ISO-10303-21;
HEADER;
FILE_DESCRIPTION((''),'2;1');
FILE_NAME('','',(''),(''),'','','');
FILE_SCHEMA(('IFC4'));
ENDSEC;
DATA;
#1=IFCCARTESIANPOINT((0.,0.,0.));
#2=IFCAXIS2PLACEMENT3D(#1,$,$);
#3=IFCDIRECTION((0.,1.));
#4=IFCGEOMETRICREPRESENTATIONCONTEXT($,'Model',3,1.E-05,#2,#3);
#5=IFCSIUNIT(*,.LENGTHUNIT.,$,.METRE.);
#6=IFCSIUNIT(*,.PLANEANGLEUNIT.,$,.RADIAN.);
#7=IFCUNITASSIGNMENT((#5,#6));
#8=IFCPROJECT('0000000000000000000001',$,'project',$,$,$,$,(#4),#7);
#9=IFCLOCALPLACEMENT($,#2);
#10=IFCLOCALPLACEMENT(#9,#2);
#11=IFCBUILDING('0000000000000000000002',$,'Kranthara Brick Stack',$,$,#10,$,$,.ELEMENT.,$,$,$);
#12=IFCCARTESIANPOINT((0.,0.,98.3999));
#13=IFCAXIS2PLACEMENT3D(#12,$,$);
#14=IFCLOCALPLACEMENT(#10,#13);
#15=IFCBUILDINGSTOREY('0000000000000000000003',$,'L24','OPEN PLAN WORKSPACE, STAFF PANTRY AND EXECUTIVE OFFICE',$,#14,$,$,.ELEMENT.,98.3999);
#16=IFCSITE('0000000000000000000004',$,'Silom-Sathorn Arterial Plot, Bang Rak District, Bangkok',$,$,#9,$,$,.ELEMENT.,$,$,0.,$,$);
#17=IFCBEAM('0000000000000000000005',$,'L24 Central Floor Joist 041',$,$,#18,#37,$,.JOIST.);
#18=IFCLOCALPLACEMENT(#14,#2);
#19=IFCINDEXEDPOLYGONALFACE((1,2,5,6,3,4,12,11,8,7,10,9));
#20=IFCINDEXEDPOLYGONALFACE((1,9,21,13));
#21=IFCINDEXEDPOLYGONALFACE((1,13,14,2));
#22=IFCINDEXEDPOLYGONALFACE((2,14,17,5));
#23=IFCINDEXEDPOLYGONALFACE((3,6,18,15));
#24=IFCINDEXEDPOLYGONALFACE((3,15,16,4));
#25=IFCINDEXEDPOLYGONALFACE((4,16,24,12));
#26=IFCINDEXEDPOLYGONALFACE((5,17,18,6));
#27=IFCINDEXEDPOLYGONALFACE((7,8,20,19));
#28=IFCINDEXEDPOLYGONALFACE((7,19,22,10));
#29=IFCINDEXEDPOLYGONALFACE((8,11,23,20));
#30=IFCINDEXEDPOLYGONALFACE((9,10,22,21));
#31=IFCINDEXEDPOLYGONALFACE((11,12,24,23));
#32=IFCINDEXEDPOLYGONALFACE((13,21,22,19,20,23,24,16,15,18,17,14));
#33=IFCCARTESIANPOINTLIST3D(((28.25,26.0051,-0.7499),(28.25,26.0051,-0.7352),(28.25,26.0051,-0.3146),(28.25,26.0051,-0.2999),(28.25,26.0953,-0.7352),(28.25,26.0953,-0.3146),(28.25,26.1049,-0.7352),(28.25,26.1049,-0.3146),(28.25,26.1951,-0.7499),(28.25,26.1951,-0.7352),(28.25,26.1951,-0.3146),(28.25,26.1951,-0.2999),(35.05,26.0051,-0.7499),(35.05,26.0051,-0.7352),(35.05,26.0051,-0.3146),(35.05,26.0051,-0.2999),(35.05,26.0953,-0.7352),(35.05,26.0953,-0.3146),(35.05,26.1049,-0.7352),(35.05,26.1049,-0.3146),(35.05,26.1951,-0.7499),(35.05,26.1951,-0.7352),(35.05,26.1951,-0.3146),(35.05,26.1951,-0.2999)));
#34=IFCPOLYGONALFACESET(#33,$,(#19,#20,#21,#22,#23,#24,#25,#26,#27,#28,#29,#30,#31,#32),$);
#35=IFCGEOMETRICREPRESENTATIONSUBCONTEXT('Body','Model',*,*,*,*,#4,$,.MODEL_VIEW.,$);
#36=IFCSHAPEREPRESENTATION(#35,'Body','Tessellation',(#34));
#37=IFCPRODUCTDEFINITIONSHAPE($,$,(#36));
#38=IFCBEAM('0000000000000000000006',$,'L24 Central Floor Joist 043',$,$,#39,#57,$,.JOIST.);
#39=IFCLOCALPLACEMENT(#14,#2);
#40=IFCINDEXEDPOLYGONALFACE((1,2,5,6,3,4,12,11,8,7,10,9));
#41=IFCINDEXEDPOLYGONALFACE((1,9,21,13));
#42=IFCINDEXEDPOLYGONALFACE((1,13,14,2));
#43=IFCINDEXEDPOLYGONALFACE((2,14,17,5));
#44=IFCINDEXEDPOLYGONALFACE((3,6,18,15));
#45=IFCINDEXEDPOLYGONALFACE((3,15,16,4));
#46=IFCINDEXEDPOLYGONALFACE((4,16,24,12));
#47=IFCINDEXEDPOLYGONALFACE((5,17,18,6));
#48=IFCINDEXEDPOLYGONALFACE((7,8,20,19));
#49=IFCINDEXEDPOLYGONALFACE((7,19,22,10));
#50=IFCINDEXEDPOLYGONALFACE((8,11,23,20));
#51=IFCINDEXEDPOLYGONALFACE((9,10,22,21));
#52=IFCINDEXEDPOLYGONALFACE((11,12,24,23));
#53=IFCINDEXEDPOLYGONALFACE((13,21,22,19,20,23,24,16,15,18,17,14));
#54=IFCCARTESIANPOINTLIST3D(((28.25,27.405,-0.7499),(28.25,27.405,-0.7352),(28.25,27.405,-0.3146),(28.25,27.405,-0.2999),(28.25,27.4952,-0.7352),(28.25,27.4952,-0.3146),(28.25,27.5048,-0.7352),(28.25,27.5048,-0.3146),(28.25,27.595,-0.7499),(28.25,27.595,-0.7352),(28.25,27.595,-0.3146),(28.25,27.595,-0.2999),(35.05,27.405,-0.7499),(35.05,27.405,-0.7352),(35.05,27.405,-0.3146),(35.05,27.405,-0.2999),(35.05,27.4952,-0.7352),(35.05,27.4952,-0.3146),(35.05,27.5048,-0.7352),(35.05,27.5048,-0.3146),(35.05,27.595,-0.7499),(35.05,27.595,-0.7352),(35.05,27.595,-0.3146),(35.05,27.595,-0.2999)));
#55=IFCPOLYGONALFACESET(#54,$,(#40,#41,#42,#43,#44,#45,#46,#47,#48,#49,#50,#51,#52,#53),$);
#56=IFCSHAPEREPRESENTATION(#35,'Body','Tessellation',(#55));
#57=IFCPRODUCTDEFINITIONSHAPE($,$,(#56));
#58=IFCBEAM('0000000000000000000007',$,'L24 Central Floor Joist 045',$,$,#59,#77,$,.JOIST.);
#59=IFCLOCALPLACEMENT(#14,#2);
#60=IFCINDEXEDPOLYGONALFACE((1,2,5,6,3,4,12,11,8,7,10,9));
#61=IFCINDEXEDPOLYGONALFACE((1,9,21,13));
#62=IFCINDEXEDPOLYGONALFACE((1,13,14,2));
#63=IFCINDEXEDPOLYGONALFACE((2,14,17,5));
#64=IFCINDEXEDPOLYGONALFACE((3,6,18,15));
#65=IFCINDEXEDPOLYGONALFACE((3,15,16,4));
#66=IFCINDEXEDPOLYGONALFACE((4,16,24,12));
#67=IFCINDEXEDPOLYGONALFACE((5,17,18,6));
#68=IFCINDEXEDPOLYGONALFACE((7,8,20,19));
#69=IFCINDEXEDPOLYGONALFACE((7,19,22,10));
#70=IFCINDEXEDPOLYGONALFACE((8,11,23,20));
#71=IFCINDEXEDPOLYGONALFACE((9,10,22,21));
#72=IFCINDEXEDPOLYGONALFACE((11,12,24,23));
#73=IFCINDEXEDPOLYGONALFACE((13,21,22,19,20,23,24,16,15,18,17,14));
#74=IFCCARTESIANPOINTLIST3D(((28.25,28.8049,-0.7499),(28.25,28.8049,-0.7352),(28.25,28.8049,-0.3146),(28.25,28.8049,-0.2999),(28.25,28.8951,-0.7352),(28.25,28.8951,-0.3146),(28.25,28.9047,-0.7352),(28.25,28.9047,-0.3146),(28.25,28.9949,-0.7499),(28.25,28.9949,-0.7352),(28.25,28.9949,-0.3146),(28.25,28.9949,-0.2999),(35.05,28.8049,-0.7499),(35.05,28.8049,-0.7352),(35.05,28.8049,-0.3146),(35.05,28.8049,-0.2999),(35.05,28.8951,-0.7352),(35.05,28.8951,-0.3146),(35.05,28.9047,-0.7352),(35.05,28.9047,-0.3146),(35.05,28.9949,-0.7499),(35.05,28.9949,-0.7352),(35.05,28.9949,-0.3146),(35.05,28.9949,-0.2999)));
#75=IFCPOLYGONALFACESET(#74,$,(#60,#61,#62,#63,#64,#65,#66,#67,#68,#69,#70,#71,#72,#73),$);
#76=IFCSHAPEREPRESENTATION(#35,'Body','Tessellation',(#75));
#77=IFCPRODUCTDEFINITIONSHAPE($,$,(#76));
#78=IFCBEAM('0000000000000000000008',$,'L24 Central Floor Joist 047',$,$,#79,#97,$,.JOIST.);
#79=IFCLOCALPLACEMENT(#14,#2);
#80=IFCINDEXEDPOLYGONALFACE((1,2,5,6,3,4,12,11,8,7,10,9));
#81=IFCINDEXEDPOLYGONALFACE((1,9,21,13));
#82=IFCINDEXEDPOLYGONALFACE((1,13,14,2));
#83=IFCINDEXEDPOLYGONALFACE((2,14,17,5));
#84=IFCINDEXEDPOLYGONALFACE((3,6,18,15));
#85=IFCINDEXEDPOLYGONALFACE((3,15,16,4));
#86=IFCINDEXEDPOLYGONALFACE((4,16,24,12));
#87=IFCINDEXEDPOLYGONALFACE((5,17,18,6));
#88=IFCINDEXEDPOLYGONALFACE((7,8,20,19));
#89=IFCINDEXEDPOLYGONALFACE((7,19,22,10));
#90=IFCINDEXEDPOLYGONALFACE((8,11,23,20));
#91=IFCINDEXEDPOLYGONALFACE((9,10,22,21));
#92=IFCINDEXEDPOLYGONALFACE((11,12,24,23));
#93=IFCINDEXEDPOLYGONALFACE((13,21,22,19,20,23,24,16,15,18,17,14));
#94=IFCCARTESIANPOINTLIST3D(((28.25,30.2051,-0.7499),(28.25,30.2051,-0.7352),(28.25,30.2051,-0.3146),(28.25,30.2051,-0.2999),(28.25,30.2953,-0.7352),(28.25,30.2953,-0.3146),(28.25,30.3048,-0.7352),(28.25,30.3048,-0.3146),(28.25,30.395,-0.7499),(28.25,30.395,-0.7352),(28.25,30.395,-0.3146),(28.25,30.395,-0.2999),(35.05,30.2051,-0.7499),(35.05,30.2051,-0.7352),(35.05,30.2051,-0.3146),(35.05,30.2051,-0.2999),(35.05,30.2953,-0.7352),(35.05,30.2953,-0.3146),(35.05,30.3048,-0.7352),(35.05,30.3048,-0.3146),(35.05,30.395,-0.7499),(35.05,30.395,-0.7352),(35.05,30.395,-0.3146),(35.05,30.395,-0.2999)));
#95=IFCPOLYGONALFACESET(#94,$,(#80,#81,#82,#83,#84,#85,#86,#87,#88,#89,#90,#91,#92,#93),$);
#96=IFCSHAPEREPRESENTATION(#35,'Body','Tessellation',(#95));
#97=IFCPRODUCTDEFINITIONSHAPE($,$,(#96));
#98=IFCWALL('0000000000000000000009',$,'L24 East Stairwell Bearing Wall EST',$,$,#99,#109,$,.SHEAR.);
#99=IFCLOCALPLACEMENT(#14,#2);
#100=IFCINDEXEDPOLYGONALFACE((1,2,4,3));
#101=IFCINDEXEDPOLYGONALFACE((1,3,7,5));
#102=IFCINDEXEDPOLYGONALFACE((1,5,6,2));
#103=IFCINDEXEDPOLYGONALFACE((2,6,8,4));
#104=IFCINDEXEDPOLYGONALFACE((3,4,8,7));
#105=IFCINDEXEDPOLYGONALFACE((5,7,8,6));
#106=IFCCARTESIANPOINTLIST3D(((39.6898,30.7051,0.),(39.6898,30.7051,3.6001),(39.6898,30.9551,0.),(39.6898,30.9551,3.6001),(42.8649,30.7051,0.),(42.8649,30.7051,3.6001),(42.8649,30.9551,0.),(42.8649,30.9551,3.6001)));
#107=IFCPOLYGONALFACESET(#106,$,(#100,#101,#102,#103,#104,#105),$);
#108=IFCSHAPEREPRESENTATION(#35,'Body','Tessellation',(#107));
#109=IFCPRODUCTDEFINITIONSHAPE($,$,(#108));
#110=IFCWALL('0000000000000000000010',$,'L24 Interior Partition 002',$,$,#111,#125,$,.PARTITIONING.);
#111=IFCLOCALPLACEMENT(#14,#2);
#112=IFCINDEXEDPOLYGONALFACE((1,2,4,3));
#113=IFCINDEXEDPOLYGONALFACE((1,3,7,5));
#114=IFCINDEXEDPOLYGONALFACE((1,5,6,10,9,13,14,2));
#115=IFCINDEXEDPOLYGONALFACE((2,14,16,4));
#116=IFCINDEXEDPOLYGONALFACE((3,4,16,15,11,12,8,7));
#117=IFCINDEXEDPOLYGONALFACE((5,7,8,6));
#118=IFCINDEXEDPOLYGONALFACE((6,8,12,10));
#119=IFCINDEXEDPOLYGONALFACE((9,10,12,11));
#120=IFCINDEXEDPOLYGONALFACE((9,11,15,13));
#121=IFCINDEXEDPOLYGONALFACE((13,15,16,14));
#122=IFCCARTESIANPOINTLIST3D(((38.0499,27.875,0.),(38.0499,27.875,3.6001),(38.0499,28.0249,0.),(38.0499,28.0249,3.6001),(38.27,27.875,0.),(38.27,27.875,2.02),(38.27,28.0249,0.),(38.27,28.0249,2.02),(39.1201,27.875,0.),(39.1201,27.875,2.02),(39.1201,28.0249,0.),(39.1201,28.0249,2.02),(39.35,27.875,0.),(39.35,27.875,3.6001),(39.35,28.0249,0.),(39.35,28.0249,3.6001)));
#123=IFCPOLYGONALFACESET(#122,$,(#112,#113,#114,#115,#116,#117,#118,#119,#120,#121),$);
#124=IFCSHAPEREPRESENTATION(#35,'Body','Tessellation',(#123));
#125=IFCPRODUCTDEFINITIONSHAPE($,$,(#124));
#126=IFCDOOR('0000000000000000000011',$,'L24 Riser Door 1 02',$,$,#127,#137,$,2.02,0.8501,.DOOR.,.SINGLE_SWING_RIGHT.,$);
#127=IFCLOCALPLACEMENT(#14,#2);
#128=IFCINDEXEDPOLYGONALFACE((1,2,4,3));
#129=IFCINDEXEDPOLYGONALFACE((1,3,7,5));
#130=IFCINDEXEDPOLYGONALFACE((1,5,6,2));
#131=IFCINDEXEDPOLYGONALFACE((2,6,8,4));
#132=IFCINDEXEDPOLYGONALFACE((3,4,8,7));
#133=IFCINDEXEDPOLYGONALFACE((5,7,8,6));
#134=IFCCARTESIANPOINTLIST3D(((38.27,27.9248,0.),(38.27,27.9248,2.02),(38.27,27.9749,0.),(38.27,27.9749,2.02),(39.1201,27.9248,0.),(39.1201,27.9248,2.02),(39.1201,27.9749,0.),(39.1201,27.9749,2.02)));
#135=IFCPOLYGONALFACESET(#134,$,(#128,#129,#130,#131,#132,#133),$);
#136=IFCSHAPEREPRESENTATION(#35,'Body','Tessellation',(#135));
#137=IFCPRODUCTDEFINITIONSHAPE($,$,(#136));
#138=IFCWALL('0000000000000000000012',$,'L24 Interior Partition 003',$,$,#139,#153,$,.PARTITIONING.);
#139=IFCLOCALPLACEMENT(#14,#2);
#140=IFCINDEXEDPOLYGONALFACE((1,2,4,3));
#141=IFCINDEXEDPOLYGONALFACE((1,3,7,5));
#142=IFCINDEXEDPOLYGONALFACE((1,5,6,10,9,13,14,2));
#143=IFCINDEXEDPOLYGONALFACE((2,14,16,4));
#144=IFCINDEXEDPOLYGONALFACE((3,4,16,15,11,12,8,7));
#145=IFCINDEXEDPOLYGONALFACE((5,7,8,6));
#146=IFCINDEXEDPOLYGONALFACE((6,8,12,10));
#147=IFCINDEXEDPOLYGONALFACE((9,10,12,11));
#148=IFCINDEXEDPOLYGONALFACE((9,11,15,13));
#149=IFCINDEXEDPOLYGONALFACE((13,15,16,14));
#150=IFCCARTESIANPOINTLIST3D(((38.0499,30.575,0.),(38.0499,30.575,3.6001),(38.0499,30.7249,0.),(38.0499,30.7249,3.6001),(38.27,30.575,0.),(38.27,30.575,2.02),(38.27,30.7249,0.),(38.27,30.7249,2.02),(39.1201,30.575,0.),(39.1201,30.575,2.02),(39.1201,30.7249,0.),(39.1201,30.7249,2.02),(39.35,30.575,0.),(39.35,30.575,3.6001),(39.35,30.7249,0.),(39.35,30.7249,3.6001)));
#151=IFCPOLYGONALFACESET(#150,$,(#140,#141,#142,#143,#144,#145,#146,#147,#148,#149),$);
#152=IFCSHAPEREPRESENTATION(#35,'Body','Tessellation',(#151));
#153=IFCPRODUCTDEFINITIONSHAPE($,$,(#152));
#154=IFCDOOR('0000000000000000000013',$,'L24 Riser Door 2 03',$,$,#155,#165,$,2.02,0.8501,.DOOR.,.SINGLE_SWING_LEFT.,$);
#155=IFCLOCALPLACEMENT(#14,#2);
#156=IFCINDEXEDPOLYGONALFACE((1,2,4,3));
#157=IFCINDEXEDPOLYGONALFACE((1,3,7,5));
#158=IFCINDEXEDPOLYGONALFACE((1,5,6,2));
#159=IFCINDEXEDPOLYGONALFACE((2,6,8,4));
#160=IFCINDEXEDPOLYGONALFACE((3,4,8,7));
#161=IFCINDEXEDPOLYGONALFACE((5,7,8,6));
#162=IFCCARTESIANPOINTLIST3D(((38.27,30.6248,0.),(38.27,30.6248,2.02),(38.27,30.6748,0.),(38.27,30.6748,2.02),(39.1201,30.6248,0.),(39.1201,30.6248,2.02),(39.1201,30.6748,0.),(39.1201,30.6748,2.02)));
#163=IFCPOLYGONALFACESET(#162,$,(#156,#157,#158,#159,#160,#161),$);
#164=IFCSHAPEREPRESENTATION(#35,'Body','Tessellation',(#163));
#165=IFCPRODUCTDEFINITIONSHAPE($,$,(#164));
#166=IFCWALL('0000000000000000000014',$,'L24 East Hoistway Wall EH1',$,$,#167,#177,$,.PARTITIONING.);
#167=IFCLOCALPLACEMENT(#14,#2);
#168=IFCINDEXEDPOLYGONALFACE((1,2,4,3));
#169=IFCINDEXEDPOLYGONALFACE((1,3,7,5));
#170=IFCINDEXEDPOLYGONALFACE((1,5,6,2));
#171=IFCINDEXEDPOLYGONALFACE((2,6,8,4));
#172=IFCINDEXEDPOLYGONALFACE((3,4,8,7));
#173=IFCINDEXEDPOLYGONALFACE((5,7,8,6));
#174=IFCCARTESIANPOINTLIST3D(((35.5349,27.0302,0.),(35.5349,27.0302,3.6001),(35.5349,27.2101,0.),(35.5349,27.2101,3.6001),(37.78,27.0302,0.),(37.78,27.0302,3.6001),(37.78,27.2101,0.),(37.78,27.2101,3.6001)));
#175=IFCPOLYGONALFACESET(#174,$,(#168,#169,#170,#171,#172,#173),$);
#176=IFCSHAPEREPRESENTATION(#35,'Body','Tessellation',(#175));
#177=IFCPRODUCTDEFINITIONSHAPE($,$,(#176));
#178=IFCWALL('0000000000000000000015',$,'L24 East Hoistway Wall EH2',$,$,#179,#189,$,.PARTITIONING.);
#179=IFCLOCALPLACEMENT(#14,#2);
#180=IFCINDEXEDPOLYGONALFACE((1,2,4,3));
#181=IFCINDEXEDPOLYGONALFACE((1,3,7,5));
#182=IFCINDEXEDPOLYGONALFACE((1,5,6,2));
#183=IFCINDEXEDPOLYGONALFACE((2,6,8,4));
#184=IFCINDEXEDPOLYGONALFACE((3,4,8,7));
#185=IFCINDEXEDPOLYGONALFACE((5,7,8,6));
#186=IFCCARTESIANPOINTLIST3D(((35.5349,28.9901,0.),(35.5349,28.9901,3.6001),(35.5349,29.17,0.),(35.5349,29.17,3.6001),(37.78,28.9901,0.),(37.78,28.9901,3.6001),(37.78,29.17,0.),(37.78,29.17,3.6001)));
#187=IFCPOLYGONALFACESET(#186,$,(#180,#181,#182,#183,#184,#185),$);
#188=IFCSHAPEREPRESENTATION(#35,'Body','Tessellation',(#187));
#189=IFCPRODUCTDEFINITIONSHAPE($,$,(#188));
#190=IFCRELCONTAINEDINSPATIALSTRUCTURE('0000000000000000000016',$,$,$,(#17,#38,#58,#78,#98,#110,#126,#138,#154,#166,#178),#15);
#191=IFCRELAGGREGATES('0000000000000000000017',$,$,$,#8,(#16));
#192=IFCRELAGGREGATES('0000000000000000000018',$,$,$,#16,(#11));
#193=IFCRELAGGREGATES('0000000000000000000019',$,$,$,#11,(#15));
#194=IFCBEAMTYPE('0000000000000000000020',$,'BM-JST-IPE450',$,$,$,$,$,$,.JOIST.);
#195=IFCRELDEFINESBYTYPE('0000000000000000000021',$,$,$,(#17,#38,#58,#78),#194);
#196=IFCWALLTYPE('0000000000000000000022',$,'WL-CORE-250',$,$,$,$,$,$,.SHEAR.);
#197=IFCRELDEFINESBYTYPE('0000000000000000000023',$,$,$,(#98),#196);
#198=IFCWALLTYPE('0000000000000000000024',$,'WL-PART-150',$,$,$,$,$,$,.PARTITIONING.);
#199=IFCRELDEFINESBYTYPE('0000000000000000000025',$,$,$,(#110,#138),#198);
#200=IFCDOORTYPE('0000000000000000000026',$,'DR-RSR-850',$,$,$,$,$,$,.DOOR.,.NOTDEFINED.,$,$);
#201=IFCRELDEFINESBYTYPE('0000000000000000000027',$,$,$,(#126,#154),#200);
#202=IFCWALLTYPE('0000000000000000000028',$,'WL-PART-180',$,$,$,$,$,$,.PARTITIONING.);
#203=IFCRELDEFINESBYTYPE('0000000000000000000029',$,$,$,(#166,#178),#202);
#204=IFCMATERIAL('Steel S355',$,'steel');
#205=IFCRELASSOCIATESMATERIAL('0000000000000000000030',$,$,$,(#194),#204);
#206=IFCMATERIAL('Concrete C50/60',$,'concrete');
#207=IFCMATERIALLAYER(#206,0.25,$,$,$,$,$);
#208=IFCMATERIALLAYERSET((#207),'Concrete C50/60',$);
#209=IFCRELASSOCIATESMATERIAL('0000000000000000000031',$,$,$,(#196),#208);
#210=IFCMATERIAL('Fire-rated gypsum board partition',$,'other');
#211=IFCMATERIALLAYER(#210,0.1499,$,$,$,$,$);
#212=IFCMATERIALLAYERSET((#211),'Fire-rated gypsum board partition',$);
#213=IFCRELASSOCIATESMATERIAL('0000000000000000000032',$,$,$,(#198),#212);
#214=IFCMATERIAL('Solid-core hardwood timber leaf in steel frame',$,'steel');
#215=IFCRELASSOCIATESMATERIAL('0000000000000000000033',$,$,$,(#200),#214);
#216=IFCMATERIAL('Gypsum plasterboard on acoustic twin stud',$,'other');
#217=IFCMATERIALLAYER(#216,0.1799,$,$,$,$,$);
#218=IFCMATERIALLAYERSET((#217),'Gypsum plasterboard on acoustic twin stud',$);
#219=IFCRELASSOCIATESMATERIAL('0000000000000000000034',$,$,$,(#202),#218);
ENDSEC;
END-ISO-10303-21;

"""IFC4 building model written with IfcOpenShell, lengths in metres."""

from ifc_helpers import new_model, si_unit, direction, frame, frame_2d, origin, origin_2d, place, context, subcontext, project, spatial, rectangle, i_section, extrude, material, layer, layer_set, material_profile, profile_set, type_object, element, fill, save


model = new_model("IFC4")

# Units and contexts
model_context = context("Model", 3, precision=1e-05, world=origin(), true_north=direction((0.0, 1.0)))
body_context = subcontext(model_context, "Body", "Model", "MODEL_VIEW")
ifc_project = project(units=[si_unit("LENGTHUNIT", "METRE"), si_unit("PLANEANGLEUNIT", "RADIAN")], contexts=[model_context])

# Site, building, storey
site_placement = place(None, origin())
site = spatial("IfcSite", under=ifc_project, at=site_placement, Name="Silom-Sathorn Arterial Plot, Bang Rak District, Bangkok", CompositionType="ELEMENT", RefElevation=0.0)
building_placement = place(site_placement, origin())
building = spatial("IfcBuilding", under=site, at=building_placement, Name="Kranthara Brick Stack", CompositionType="ELEMENT")
storey_placement = place(building_placement, frame((0.0, 0.0, 98.3999)))
storey = spatial("IfcBuildingStorey", under=building, at=storey_placement, Name="L24", Description="OPEN PLAN WORKSPACE, STAFF PANTRY AND EXECUTIVE OFFICE", CompositionType="ELEMENT", Elevation=98.3999)

# Beams
ifc_material_1 = material(Name="Steel S355", Category="steel")
ifc_material_profile = material_profile(ifc_material_1, i_section(OverallWidth=0.1899, OverallDepth=0.45, WebThickness=0.0095, FlangeThickness=0.0146, at=origin_2d()), Name="IPE 450")
ifc_profile_set = profile_set([ifc_material_profile], Name="Steel S355")
beam_type = type_object("IfcBeamType", Name="BM-JST-IPE450", PredefinedType="JOIST", material=ifc_profile_set)
for number, where, z_axis, x_axis, name in (
    (1, (28.25, 26.1001, -0.5249), (1.0, 0.0, 0.0), (0.0, 1.0, 0.0), "L24 Central Floor Joist 041"),
    (2, (28.25, 27.5, -0.5249), (1.0, 0.0, 0.0), (0.0, 1.0, 0.0), "L24 Central Floor Joist 043"),
    (3, (28.25, 28.8999, -0.5249), (1.0, 0.0, 0.0), (0.0, 1.0, 0.0), "L24 Central Floor Joist 045"),
    (4, (28.25, 30.3, -0.5249), (1.0, 0.0, 0.0), (0.0, 1.0, 0.0), "L24 Central Floor Joist 047"),
):
    element("IfcBeam", number, at=place(storey_placement, frame(where, z_axis=z_axis, x_axis=x_axis)), inside=storey, type_object=beam_type, Name=name, PredefinedType="JOIST", context=body_context, shape_type="SweptSolid", body=[
        extrude(i_section(OverallWidth=0.1899, OverallDepth=0.45, WebThickness=0.0095, FlangeThickness=0.0146, at=origin_2d()), origin(), (0.0, 0.0, 1.0), 6.8),
    ])

# Wall
ifc_material_2 = material(Name="Concrete C50/60", Category="concrete")
ifc_layer_1 = layer(ifc_material_2, 0.25)
ifc_layer_set_1 = layer_set([ifc_layer_1], Name="Concrete C50/60")
wall_type_1 = type_object("IfcWallType", Name="WL-CORE-250", PredefinedType="SHEAR", material=ifc_layer_set_1)
wall_1_placement = place(storey_placement, frame((39.6899, 30.8301, 0.0), z_axis=(0.0, 0.0, 1.0), x_axis=(1.0, 0.0, 0.0)))
element("IfcWall", 5, at=wall_1_placement, inside=storey, type_object=wall_type_1, Name="L24 East Stairwell Bearing Wall EST", PredefinedType="SHEAR", context=body_context, shape_type="SweptSolid", body=[
    extrude(rectangle(XDim=3.175, YDim=0.25, at=frame_2d((1.5874, 0.0))), origin(), (0.0, 0.0, 1.0), 3.6001),
])

# Walls, openings, doors
ifc_material_3 = material(Name="Fire-rated gypsum board partition", Category="other")
ifc_layer_2 = layer(ifc_material_3, 0.1499)
ifc_layer_set_2 = layer_set([ifc_layer_2], Name="Fire-rated gypsum board partition")
wall_type_2 = type_object("IfcWallType", Name="WL-PART-150", PredefinedType="PARTITIONING", material=ifc_layer_set_2)
wall_2_placement = place(storey_placement, frame((38.05, 27.95, 0.0), z_axis=(0.0, 0.0, 1.0), x_axis=(1.0, 0.0, 0.0)))
wall_2 = element("IfcWall", 6, at=wall_2_placement, inside=storey, type_object=wall_type_2, Name="L24 Interior Partition 002", PredefinedType="PARTITIONING", context=body_context, shape_type="SweptSolid", body=[
    extrude(rectangle(XDim=1.3, YDim=0.1499, at=frame_2d((0.6499, 0.0))), origin(), (0.0, 0.0, 1.0), 3.6001),
])
opening_1_placement = place(wall_2_placement, frame((0.22, 0.0, 0.0)))
opening_1 = element("IfcOpeningElement", 7, at=opening_1_placement, cuts=wall_2, PredefinedType="OPENING", context=body_context, shape_type="SweptSolid", body=[
    extrude(rectangle(XDim=0.8501, YDim=2.02, at=frame_2d((0.425, 1.01))), frame((0.0, 0.085, 0.0), z_axis=(0.0, -1.0, 0.0), x_axis=(1.0, 0.0, 0.0)), (0.0, 0.0, 1.0), 0.1699),
])
ifc_material_4 = material(Name="Solid-core hardwood timber leaf in steel frame", Category="steel")
door_type = type_object("IfcDoorType", Name="DR-RSR-850", OperationType="NOTDEFINED", PredefinedType="DOOR", material=ifc_material_4)
door_1_placement = place(opening_1_placement, origin())
door_1 = element("IfcDoor", 8, at=door_1_placement, inside=storey, type_object=door_type, Name="L24 Riser Door 1 02", OperationType="SINGLE_SWING_RIGHT", OverallHeight=2.02, OverallWidth=0.8501, PredefinedType="DOOR", context=body_context, shape_type="SweptSolid", body=[
    extrude(rectangle(XDim=0.8501, YDim=2.02, at=frame_2d((0.425, 1.01))), frame((0.0, 0.0249, 0.0), z_axis=(0.0, -1.0, 0.0), x_axis=(1.0, 0.0, 0.0)), (0.0, 0.0, 1.0), 0.05),
])
fill(opening_1, door_1)
wall_3_placement = place(storey_placement, frame((38.05, 30.6499, 0.0), z_axis=(0.0, 0.0, 1.0), x_axis=(1.0, 0.0, 0.0)))
wall_3 = element("IfcWall", 9, at=wall_3_placement, inside=storey, type_object=wall_type_2, Name="L24 Interior Partition 003", PredefinedType="PARTITIONING", context=body_context, shape_type="SweptSolid", body=[
    extrude(rectangle(XDim=1.3, YDim=0.1499, at=frame_2d((0.6499, 0.0))), origin(), (0.0, 0.0, 1.0), 3.6001),
])
opening_2_placement = place(wall_3_placement, frame((0.22, 0.0, 0.0)))
opening_2 = element("IfcOpeningElement", 10, at=opening_2_placement, cuts=wall_3, PredefinedType="OPENING", context=body_context, shape_type="SweptSolid", body=[
    extrude(rectangle(XDim=0.8501, YDim=2.02, at=frame_2d((0.425, 1.01))), frame((0.0, 0.085, 0.0), z_axis=(0.0, -1.0, 0.0), x_axis=(1.0, 0.0, 0.0)), (0.0, 0.0, 1.0), 0.1699),
])
door_2_placement = place(opening_2_placement, origin())
door_2 = element("IfcDoor", 11, at=door_2_placement, inside=storey, type_object=door_type, Name="L24 Riser Door 2 03", OperationType="SINGLE_SWING_LEFT", OverallHeight=2.02, OverallWidth=0.8501, PredefinedType="DOOR", context=body_context, shape_type="SweptSolid", body=[
    extrude(rectangle(XDim=0.8501, YDim=2.02, at=frame_2d((0.425, 1.01))), frame((0.0, 0.0249, 0.0), z_axis=(0.0, -1.0, 0.0), x_axis=(1.0, 0.0, 0.0)), (0.0, 0.0, 1.0), 0.05),
])
fill(opening_2, door_2)

# Walls
ifc_material_5 = material(Name="Gypsum plasterboard on acoustic twin stud", Category="other")
ifc_layer_3 = layer(ifc_material_5, 0.1799)
ifc_layer_set_3 = layer_set([ifc_layer_3], Name="Gypsum plasterboard on acoustic twin stud")
wall_type_3 = type_object("IfcWallType", Name="WL-PART-180", PredefinedType="PARTITIONING", material=ifc_layer_set_3)
for number, where, z_axis, x_axis, name in (
    (12, (35.5349, 27.1201, 0.0), (0.0, 0.0, 1.0), (1.0, 0.0, 0.0), "L24 East Hoistway Wall EH1"),
    (13, (35.5349, 29.0801, 0.0), (0.0, 0.0, 1.0), (1.0, 0.0, 0.0), "L24 East Hoistway Wall EH2"),
):
    element("IfcWall", number, at=place(storey_placement, frame(where, z_axis=z_axis, x_axis=x_axis)), inside=storey, type_object=wall_type_3, Name=name, PredefinedType="PARTITIONING", context=body_context, shape_type="SweptSolid", body=[
        extrude(rectangle(XDim=2.2451, YDim=0.1799, at=frame_2d((1.1226, 0.0))), origin(), (0.0, 0.0, 1.0), 3.6001),
    ])

save(model, "model.ifc")
